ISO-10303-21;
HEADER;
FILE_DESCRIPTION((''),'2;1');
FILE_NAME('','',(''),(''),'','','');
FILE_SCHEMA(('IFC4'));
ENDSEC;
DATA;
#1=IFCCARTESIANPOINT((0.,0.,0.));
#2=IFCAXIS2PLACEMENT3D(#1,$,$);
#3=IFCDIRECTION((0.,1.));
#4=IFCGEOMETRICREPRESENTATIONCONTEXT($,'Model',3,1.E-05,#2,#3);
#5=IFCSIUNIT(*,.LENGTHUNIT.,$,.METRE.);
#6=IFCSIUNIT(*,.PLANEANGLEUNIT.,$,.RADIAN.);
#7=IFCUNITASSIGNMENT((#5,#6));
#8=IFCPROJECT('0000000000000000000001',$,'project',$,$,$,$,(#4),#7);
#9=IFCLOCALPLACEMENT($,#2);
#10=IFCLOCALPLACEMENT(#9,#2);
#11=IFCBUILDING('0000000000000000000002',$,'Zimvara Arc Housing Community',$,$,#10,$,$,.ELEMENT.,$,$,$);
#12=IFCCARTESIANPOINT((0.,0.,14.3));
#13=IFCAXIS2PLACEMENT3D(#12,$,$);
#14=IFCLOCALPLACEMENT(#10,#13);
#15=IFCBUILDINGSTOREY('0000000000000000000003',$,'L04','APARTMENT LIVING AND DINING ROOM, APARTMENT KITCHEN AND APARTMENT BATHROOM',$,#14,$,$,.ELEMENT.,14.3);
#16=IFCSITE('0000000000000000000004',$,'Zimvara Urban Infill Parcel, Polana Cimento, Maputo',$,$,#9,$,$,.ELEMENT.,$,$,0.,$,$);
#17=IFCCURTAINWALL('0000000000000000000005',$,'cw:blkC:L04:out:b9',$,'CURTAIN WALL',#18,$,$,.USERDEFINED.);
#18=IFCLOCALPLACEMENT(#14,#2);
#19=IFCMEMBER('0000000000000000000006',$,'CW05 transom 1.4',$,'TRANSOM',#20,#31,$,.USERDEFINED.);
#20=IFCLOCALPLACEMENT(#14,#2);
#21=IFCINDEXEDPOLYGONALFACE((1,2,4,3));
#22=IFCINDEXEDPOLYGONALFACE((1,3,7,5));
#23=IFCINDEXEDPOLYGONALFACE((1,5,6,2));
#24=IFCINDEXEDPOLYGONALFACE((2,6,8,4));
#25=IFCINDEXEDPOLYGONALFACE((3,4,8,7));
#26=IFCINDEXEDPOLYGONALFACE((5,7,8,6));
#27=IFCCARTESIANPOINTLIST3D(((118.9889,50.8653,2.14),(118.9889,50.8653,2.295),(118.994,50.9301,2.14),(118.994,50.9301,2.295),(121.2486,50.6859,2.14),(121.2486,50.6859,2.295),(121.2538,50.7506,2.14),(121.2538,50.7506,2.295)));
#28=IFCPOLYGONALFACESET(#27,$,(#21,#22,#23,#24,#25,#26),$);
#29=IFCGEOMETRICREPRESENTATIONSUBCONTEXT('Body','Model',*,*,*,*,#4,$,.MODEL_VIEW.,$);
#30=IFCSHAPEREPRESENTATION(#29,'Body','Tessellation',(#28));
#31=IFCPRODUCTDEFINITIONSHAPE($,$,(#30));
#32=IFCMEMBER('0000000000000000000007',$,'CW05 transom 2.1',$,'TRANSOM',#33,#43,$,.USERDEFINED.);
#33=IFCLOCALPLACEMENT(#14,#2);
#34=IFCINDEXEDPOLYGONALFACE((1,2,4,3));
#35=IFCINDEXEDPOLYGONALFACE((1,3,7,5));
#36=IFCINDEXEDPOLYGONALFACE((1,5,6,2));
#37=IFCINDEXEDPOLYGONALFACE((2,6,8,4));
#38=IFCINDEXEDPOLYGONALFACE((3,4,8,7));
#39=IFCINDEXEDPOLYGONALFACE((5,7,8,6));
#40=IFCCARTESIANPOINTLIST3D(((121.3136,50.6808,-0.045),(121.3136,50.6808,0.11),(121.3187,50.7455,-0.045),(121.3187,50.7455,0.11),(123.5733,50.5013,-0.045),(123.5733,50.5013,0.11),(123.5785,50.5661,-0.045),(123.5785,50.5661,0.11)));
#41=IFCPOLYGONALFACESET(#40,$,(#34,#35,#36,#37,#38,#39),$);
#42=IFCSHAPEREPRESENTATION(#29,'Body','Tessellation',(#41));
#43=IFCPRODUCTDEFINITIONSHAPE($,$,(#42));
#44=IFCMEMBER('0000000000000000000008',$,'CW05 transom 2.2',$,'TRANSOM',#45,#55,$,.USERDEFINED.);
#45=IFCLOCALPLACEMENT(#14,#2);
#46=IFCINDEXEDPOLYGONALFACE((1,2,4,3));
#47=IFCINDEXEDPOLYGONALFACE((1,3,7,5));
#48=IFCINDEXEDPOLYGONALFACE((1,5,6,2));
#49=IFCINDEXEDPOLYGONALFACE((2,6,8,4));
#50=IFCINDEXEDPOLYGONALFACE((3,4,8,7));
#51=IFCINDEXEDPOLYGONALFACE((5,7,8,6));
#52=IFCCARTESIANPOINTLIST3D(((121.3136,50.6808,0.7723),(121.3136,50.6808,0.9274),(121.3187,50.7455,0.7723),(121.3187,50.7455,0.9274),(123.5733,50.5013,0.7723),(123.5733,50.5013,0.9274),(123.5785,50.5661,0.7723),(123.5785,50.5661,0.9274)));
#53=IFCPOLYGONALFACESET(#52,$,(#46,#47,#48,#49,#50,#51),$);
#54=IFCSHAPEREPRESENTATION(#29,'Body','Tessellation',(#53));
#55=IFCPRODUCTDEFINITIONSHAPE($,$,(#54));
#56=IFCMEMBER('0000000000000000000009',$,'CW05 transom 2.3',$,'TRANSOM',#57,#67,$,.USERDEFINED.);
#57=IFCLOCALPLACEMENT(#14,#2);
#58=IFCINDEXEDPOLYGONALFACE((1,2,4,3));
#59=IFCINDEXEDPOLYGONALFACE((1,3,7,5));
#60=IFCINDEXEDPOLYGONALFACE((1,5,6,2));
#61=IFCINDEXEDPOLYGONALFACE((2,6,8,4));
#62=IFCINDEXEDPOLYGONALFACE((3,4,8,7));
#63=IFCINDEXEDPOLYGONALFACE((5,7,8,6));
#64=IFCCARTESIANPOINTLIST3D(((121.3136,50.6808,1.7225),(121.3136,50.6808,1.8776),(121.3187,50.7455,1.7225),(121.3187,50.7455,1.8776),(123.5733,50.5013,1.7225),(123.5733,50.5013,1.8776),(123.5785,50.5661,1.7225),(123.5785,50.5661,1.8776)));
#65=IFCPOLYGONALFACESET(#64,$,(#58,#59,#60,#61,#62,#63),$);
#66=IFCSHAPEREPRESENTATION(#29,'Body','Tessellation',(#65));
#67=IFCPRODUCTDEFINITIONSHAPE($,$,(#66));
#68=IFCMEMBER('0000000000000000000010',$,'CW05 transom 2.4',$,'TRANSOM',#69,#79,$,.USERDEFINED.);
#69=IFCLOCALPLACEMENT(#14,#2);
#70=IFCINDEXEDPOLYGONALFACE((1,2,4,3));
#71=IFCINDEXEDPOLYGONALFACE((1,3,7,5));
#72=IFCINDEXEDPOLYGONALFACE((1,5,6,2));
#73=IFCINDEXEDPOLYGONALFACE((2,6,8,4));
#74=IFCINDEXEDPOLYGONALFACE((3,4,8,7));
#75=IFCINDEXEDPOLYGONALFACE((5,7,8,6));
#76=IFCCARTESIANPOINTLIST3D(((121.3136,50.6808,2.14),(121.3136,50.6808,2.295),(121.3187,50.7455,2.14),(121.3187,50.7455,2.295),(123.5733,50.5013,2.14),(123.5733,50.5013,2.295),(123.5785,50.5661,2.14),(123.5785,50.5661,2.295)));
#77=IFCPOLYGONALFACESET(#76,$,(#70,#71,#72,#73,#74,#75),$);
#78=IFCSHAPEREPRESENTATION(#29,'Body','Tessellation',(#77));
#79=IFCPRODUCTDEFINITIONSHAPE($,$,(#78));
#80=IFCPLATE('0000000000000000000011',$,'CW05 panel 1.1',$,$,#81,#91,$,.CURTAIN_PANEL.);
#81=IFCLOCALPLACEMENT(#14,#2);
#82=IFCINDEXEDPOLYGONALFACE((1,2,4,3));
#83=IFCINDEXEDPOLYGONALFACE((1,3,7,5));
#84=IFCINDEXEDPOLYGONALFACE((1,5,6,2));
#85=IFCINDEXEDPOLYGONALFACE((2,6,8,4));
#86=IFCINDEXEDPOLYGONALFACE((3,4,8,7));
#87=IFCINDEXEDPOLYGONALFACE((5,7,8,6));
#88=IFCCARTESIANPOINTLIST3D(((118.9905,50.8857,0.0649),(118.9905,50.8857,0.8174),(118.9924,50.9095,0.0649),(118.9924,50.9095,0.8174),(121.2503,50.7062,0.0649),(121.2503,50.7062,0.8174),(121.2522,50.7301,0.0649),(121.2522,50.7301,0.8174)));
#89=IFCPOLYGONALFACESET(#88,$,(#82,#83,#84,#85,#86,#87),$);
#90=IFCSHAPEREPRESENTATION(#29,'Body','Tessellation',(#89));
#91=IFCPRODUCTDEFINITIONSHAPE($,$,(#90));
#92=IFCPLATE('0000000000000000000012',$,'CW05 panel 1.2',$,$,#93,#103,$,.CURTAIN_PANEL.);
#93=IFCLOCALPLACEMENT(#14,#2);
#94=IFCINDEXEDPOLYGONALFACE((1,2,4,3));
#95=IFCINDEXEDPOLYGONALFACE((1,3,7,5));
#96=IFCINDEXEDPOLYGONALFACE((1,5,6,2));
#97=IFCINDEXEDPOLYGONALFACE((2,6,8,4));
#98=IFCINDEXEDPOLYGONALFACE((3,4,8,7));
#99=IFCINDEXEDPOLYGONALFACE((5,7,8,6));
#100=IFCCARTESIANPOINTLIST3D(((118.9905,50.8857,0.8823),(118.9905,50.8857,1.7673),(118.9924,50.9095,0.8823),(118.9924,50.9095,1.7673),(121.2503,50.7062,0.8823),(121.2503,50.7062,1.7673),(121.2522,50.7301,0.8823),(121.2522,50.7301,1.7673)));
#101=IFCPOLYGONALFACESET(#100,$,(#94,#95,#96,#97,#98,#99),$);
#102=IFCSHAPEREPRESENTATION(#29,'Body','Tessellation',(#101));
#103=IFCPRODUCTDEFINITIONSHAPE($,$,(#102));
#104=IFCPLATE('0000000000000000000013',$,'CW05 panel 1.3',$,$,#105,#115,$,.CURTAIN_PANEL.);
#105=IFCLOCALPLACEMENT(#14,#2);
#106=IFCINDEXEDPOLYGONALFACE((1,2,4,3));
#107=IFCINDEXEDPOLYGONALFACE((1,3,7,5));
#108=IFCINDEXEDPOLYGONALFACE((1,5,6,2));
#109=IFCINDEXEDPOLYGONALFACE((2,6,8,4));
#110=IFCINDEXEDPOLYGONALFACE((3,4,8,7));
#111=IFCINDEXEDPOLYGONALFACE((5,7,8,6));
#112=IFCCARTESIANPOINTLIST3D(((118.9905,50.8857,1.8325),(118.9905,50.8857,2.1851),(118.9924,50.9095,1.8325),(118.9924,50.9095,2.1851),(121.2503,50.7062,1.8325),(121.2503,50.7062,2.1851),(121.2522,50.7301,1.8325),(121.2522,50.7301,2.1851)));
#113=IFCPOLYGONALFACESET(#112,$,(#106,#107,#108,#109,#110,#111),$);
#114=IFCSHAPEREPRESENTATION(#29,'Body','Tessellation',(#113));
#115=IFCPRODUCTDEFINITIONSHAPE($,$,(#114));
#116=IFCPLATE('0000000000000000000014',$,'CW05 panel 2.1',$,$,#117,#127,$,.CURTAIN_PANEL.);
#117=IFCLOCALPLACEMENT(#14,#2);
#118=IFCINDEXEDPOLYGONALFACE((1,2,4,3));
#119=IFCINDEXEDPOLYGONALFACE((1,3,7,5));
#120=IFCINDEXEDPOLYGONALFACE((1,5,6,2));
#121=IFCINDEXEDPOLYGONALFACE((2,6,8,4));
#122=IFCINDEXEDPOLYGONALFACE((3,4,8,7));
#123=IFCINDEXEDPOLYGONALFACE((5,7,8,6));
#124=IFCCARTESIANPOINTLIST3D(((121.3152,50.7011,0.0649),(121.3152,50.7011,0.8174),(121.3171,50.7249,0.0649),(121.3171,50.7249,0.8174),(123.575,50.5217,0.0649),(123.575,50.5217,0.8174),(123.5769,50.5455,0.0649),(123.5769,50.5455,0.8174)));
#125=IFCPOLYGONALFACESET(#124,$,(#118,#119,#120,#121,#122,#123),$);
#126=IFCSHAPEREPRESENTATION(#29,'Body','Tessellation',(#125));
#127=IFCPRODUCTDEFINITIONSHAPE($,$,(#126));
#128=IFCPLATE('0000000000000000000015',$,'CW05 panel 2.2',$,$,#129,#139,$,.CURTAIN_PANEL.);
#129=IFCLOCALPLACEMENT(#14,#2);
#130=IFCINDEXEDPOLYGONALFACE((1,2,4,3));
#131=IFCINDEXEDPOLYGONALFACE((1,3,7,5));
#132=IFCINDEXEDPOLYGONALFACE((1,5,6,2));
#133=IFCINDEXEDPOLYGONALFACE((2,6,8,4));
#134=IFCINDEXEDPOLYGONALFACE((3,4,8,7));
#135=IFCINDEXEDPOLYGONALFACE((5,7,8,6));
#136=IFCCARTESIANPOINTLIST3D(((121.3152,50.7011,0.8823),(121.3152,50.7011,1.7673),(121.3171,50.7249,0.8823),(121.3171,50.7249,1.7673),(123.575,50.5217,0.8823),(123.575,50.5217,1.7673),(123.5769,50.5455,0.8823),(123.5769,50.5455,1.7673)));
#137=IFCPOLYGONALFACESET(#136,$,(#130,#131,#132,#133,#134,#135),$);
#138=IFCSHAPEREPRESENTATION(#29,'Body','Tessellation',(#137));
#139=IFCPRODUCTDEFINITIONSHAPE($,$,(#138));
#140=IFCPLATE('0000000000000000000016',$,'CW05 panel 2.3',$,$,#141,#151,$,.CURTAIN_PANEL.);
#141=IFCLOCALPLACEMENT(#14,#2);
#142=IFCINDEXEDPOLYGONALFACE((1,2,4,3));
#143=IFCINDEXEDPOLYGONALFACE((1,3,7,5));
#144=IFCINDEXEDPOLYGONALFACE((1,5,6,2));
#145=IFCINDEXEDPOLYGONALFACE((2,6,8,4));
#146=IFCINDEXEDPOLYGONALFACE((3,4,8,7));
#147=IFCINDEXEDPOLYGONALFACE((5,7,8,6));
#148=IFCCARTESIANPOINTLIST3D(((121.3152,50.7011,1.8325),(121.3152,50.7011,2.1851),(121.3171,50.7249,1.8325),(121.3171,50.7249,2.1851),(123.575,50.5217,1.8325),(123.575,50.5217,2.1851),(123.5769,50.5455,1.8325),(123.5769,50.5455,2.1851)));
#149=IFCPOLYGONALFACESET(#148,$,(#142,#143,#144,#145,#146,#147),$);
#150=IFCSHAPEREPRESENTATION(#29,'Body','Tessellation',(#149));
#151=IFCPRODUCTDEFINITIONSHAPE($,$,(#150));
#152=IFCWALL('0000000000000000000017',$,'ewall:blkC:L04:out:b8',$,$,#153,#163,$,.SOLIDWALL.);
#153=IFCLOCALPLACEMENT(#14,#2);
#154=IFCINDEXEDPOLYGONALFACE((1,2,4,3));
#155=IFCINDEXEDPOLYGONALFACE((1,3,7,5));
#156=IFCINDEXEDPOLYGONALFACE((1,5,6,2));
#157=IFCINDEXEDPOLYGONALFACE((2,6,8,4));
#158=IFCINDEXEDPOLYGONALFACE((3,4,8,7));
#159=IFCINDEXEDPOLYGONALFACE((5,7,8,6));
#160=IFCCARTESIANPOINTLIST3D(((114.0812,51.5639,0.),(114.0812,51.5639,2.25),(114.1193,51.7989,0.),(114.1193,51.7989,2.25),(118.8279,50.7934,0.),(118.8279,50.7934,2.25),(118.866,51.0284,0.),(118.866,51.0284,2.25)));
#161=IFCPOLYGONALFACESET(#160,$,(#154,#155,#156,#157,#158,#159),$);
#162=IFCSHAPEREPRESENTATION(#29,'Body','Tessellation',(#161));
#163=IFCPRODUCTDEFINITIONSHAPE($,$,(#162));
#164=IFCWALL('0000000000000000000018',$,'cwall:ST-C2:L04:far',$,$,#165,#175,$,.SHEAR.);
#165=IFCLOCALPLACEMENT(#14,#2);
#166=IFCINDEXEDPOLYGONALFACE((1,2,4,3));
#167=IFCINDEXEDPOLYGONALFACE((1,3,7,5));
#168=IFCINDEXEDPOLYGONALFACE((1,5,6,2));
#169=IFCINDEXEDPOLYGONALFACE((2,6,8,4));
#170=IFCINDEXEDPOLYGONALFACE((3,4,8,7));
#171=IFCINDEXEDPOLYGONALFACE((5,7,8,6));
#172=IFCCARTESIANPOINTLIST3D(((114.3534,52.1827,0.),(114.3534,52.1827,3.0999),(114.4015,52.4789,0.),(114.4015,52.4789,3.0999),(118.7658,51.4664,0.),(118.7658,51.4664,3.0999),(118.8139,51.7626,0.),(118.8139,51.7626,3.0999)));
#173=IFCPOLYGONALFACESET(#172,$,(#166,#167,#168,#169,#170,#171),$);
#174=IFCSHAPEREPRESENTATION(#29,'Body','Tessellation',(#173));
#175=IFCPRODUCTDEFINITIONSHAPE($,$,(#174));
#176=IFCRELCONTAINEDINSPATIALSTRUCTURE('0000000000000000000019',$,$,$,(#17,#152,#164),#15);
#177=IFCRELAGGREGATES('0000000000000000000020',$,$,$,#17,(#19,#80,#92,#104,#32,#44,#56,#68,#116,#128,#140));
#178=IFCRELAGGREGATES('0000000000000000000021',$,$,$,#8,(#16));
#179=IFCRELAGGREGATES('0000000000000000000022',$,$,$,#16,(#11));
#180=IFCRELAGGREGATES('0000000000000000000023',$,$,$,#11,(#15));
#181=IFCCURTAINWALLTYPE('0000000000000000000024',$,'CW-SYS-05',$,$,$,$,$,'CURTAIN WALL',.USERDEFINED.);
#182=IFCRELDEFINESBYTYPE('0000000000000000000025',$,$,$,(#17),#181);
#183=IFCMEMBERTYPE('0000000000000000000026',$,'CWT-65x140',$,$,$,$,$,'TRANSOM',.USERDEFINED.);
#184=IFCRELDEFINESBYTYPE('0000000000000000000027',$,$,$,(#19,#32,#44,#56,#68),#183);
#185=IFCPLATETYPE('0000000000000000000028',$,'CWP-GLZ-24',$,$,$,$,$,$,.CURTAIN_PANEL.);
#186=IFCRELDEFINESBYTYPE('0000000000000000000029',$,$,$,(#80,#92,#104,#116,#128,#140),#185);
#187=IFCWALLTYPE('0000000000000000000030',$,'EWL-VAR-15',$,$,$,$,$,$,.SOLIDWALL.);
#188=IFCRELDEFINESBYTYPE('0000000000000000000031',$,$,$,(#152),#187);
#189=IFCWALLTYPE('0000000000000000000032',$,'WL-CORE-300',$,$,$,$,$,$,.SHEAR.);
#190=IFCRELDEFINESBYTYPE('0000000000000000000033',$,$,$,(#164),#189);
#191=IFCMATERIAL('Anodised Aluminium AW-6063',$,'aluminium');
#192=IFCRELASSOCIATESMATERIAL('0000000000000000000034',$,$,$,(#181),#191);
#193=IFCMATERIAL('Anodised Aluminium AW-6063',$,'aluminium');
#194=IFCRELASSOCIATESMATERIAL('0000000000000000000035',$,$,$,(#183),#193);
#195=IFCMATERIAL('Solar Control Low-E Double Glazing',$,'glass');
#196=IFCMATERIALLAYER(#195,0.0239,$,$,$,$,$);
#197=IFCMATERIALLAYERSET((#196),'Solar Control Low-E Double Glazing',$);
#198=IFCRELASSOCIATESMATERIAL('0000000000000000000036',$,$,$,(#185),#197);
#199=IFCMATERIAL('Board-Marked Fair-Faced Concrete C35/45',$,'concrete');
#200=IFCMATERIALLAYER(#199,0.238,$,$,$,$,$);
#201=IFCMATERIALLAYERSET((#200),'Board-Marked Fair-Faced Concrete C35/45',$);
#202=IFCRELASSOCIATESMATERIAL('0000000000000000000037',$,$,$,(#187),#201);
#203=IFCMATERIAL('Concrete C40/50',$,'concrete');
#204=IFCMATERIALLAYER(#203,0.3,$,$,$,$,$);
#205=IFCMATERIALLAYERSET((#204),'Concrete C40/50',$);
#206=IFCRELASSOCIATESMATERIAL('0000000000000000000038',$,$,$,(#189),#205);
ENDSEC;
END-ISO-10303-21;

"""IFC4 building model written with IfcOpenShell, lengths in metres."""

from ifc_helpers import new_model, si_unit, direction, frame, frame_2d, origin, origin_2d, place, context, subcontext, project, spatial, rectangle, extrude, material, layer, layer_set, material_profile, profile_set, type_object, element, aggregate, save


model = new_model("IFC4")

# Units and contexts
model_context = context("Model", 3, precision=1e-05, world=origin(), true_north=direction((0.0, 1.0)))
body_context = subcontext(model_context, "Body", "Model", "MODEL_VIEW")
ifc_project = project(units=[si_unit("LENGTHUNIT", "METRE"), si_unit("PLANEANGLEUNIT", "RADIAN")], contexts=[model_context])

# Site, building, storey
site_placement = place(None, origin())
site = spatial("IfcSite", under=ifc_project, at=site_placement, Name="Zimvara Urban Infill Parcel, Polana Cimento, Maputo", CompositionType="ELEMENT", RefElevation=0.0)
building_placement = place(site_placement, origin())
building = spatial("IfcBuilding", under=site, at=building_placement, Name="Zimvara Arc Housing Community", CompositionType="ELEMENT")
storey_placement = place(building_placement, frame((0.0, 0.0, 14.3)))
storey = spatial("IfcBuildingStorey", under=building, at=storey_placement, Name="L04", Description="APARTMENT LIVING AND DINING ROOM, APARTMENT KITCHEN AND APARTMENT BATHROOM", CompositionType="ELEMENT", Elevation=14.3)

# Curtain wall, members, plates
ifc_material_1 = material(Name="Anodised Aluminium AW-6063", Category="aluminium")
curtain_wall_type = type_object("IfcCurtainWallType", Name="CW-SYS-05", ElementType="CURTAIN WALL", PredefinedType="USERDEFINED", material=ifc_material_1)
curtain_wall_placement = place(storey_placement, origin())
curtain_wall = element("IfcCurtainWall", 1, at=curtain_wall_placement, inside=storey, type_object=curtain_wall_type, Name="cw:blkC:L04:out:b9", ObjectType="CURTAIN WALL", PredefinedType="USERDEFINED")
ifc_material_2 = material(Name="Anodised Aluminium AW-6063", Category="aluminium")
ifc_material_profile_1 = material_profile(ifc_material_2, rectangle(XDim=0.0649, YDim=0.155, at=origin_2d()), Name="ALU 65x155")
ifc_profile_set_1 = profile_set([ifc_material_profile_1], Name="Anodised Aluminium AW-6063")
member_type_1 = type_object("IfcMemberType", Name="CWT-65x140", ElementType="TRANSOM", PredefinedType="USERDEFINED", material=ifc_profile_set_1)
member_1_placement = place(storey_placement, frame((118.9915, 50.8977, 2.2175), z_axis=(0.996862, -0.079159, 0.0), x_axis=(0.079159, 0.996862, 0.0)))
member_1 = element("IfcMember", 2, at=member_1_placement, type_object=member_type_1, Name="CW05 transom 1.4", ObjectType="TRANSOM", PredefinedType="USERDEFINED", context=body_context, shape_type="SweptSolid", body=[
    extrude(rectangle(XDim=0.0649, YDim=0.155, at=origin_2d()), origin(), (0.0, 0.0, 1.0), 2.2668),
])
member_2_placement = place(storey_placement, frame((121.3162, 50.7131, 0.0325), z_axis=(0.996862, -0.079159, 0.0), x_axis=(0.079159, 0.996862, 0.0)))
member_2 = element("IfcMember", 3, at=member_2_placement, type_object=member_type_1, Name="CW05 transom 2.1", ObjectType="TRANSOM", PredefinedType="USERDEFINED", context=body_context, shape_type="SweptSolid", body=[
    extrude(rectangle(XDim=0.0649, YDim=0.155, at=origin_2d()), origin(), (0.0, 0.0, 1.0), 2.2668),
])
member_3_placement = place(storey_placement, frame((121.3162, 50.7131, 0.8499), z_axis=(0.996862, -0.079159, 0.0), x_axis=(0.079159, 0.996862, 0.0)))
member_3 = element("IfcMember", 4, at=member_3_placement, type_object=member_type_1, Name="CW05 transom 2.2", ObjectType="TRANSOM", PredefinedType="USERDEFINED", context=body_context, shape_type="SweptSolid", body=[
    extrude(rectangle(XDim=0.0649, YDim=0.155, at=origin_2d()), origin(), (0.0, 0.0, 1.0), 2.2668),
])
member_4_placement = place(storey_placement, frame((121.3162, 50.7131, 1.8), z_axis=(0.996862, -0.079159, 0.0), x_axis=(0.079159, 0.996862, 0.0)))
member_4 = element("IfcMember", 5, at=member_4_placement, type_object=member_type_1, Name="CW05 transom 2.3", ObjectType="TRANSOM", PredefinedType="USERDEFINED", context=body_context, shape_type="SweptSolid", body=[
    extrude(rectangle(XDim=0.0649, YDim=0.155, at=origin_2d()), origin(), (0.0, 0.0, 1.0), 2.2668),
])
member_5_placement = place(storey_placement, frame((121.3162, 50.7131, 2.2175), z_axis=(0.996862, -0.079159, 0.0), x_axis=(0.079159, 0.996862, 0.0)))
member_5 = element("IfcMember", 6, at=member_5_placement, type_object=member_type_1, Name="CW05 transom 2.4", ObjectType="TRANSOM", PredefinedType="USERDEFINED", context=body_context, shape_type="SweptSolid", body=[
    extrude(rectangle(XDim=0.0649, YDim=0.155, at=origin_2d()), origin(), (0.0, 0.0, 1.0), 2.2668),
])
ifc_material_3 = material(Name="Solar Control Low-E Double Glazing", Category="glass")
ifc_layer_1 = layer(ifc_material_3, 0.0239)
ifc_layer_set_1 = layer_set([ifc_layer_1], Name="Solar Control Low-E Double Glazing")
plate_type = type_object("IfcPlateType", Name="CWP-GLZ-24", PredefinedType="CURTAIN_PANEL", material=ifc_layer_set_1)
plate_1_placement = place(storey_placement, frame((120.1213, 50.8079, 0.0649), z_axis=(0.0, 0.0, 1.0), x_axis=(0.996862, -0.079154, 0.0)))
plate_1 = element("IfcPlate", 7, at=plate_1_placement, type_object=plate_type, Name="CW05 panel 1.1", PredefinedType="CURTAIN_PANEL", context=body_context, shape_type="SweptSolid", body=[
    extrude(rectangle(XDim=2.2668, YDim=0.0239, at=origin_2d()), origin(), (0.0, 0.0, 1.0), 0.7524),
])
plate_2_placement = place(storey_placement, frame((120.1213, 50.8079, 0.8823), z_axis=(0.0, 0.0, 1.0), x_axis=(0.996862, -0.079154, 0.0)))
plate_2 = element("IfcPlate", 8, at=plate_2_placement, type_object=plate_type, Name="CW05 panel 1.2", PredefinedType="CURTAIN_PANEL", context=body_context, shape_type="SweptSolid", body=[
    extrude(rectangle(XDim=2.2668, YDim=0.0239, at=origin_2d()), origin(), (0.0, 0.0, 1.0), 0.885),
])
plate_3_placement = place(storey_placement, frame((120.1213, 50.8079, 1.8325), z_axis=(0.0, 0.0, 1.0), x_axis=(0.996862, -0.079154, 0.0)))
plate_3 = element("IfcPlate", 9, at=plate_3_placement, type_object=plate_type, Name="CW05 panel 1.3", PredefinedType="CURTAIN_PANEL", context=body_context, shape_type="SweptSolid", body=[
    extrude(rectangle(XDim=2.2668, YDim=0.0239, at=origin_2d()), origin(), (0.0, 0.0, 1.0), 0.3525),
])
plate_4_placement = place(storey_placement, frame((122.446, 50.6233, 0.0649), z_axis=(0.0, 0.0, 1.0), x_axis=(0.996862, -0.079154, 0.0)))
plate_4 = element("IfcPlate", 10, at=plate_4_placement, type_object=plate_type, Name="CW05 panel 2.1", PredefinedType="CURTAIN_PANEL", context=body_context, shape_type="SweptSolid", body=[
    extrude(rectangle(XDim=2.2668, YDim=0.0239, at=origin_2d()), origin(), (0.0, 0.0, 1.0), 0.7524),
])
plate_5_placement = place(storey_placement, frame((122.446, 50.6233, 0.8823), z_axis=(0.0, 0.0, 1.0), x_axis=(0.996862, -0.079154, 0.0)))
plate_5 = element("IfcPlate", 11, at=plate_5_placement, type_object=plate_type, Name="CW05 panel 2.2", PredefinedType="CURTAIN_PANEL", context=body_context, shape_type="SweptSolid", body=[
    extrude(rectangle(XDim=2.2668, YDim=0.0239, at=origin_2d()), origin(), (0.0, 0.0, 1.0), 0.885),
])
plate_6_placement = place(storey_placement, frame((122.446, 50.6233, 1.8325), z_axis=(0.0, 0.0, 1.0), x_axis=(0.996862, -0.079154, 0.0)))
plate_6 = element("IfcPlate", 12, at=plate_6_placement, type_object=plate_type, Name="CW05 panel 2.3", PredefinedType="CURTAIN_PANEL", context=body_context, shape_type="SweptSolid", body=[
    extrude(rectangle(XDim=2.2668, YDim=0.0239, at=origin_2d()), origin(), (0.0, 0.0, 1.0), 0.3525),
])
aggregate(curtain_wall, [member_1, plate_1, plate_2, plate_3, member_2, member_3, member_4, member_5, plate_4, plate_5, plate_6])

# Walls
ifc_material_4 = material(Name="Board-Marked Fair-Faced Concrete C35/45", Category="concrete")
ifc_layer_2 = layer(ifc_material_4, 0.238)
ifc_layer_set_2 = layer_set([ifc_layer_2], Name="Board-Marked Fair-Faced Concrete C35/45")
wall_type_1 = type_object("IfcWallType", Name="EWL-VAR-15", PredefinedType="SOLIDWALL", material=ifc_layer_set_2)
wall_1_placement = place(storey_placement, frame((114.1003, 51.6814, 0.0), z_axis=(0.0, 0.0, 1.0), x_axis=(0.987081, -0.160224, 0.0)))
element("IfcWall", 13, at=wall_1_placement, inside=storey, type_object=wall_type_1, Name="ewall:blkC:L04:out:b8", PredefinedType="SOLIDWALL", context=body_context, shape_type="SweptSolid", body=[
    extrude(rectangle(XDim=4.8088, YDim=0.238, at=frame_2d((2.4043, 0.0))), origin(), (0.0, 0.0, 1.0), 2.25),
])
ifc_material_5 = material(Name="Concrete C40/50", Category="concrete")
ifc_layer_3 = layer(ifc_material_5, 0.3)
ifc_layer_set_3 = layer_set([ifc_layer_3], Name="Concrete C40/50")
wall_type_2 = type_object("IfcWallType", Name="WL-CORE-300", PredefinedType="SHEAR", material=ifc_layer_set_3)
wall_2_placement = place(storey_placement, frame((114.3774, 52.3308, 0.0), z_axis=(0.0, 0.0, 1.0), x_axis=(0.987077, -0.160244, 0.0)))
element("IfcWall", 14, at=wall_2_placement, inside=storey, type_object=wall_type_2, Name="cwall:ST-C2:L04:far", PredefinedType="SHEAR", context=body_context, shape_type="SweptSolid", body=[
    extrude(rectangle(XDim=4.4702, YDim=0.3, at=frame_2d((2.2351, 0.0))), origin(), (0.0, 0.0, 1.0), 3.0999),
])

save(model, "model.ifc")
